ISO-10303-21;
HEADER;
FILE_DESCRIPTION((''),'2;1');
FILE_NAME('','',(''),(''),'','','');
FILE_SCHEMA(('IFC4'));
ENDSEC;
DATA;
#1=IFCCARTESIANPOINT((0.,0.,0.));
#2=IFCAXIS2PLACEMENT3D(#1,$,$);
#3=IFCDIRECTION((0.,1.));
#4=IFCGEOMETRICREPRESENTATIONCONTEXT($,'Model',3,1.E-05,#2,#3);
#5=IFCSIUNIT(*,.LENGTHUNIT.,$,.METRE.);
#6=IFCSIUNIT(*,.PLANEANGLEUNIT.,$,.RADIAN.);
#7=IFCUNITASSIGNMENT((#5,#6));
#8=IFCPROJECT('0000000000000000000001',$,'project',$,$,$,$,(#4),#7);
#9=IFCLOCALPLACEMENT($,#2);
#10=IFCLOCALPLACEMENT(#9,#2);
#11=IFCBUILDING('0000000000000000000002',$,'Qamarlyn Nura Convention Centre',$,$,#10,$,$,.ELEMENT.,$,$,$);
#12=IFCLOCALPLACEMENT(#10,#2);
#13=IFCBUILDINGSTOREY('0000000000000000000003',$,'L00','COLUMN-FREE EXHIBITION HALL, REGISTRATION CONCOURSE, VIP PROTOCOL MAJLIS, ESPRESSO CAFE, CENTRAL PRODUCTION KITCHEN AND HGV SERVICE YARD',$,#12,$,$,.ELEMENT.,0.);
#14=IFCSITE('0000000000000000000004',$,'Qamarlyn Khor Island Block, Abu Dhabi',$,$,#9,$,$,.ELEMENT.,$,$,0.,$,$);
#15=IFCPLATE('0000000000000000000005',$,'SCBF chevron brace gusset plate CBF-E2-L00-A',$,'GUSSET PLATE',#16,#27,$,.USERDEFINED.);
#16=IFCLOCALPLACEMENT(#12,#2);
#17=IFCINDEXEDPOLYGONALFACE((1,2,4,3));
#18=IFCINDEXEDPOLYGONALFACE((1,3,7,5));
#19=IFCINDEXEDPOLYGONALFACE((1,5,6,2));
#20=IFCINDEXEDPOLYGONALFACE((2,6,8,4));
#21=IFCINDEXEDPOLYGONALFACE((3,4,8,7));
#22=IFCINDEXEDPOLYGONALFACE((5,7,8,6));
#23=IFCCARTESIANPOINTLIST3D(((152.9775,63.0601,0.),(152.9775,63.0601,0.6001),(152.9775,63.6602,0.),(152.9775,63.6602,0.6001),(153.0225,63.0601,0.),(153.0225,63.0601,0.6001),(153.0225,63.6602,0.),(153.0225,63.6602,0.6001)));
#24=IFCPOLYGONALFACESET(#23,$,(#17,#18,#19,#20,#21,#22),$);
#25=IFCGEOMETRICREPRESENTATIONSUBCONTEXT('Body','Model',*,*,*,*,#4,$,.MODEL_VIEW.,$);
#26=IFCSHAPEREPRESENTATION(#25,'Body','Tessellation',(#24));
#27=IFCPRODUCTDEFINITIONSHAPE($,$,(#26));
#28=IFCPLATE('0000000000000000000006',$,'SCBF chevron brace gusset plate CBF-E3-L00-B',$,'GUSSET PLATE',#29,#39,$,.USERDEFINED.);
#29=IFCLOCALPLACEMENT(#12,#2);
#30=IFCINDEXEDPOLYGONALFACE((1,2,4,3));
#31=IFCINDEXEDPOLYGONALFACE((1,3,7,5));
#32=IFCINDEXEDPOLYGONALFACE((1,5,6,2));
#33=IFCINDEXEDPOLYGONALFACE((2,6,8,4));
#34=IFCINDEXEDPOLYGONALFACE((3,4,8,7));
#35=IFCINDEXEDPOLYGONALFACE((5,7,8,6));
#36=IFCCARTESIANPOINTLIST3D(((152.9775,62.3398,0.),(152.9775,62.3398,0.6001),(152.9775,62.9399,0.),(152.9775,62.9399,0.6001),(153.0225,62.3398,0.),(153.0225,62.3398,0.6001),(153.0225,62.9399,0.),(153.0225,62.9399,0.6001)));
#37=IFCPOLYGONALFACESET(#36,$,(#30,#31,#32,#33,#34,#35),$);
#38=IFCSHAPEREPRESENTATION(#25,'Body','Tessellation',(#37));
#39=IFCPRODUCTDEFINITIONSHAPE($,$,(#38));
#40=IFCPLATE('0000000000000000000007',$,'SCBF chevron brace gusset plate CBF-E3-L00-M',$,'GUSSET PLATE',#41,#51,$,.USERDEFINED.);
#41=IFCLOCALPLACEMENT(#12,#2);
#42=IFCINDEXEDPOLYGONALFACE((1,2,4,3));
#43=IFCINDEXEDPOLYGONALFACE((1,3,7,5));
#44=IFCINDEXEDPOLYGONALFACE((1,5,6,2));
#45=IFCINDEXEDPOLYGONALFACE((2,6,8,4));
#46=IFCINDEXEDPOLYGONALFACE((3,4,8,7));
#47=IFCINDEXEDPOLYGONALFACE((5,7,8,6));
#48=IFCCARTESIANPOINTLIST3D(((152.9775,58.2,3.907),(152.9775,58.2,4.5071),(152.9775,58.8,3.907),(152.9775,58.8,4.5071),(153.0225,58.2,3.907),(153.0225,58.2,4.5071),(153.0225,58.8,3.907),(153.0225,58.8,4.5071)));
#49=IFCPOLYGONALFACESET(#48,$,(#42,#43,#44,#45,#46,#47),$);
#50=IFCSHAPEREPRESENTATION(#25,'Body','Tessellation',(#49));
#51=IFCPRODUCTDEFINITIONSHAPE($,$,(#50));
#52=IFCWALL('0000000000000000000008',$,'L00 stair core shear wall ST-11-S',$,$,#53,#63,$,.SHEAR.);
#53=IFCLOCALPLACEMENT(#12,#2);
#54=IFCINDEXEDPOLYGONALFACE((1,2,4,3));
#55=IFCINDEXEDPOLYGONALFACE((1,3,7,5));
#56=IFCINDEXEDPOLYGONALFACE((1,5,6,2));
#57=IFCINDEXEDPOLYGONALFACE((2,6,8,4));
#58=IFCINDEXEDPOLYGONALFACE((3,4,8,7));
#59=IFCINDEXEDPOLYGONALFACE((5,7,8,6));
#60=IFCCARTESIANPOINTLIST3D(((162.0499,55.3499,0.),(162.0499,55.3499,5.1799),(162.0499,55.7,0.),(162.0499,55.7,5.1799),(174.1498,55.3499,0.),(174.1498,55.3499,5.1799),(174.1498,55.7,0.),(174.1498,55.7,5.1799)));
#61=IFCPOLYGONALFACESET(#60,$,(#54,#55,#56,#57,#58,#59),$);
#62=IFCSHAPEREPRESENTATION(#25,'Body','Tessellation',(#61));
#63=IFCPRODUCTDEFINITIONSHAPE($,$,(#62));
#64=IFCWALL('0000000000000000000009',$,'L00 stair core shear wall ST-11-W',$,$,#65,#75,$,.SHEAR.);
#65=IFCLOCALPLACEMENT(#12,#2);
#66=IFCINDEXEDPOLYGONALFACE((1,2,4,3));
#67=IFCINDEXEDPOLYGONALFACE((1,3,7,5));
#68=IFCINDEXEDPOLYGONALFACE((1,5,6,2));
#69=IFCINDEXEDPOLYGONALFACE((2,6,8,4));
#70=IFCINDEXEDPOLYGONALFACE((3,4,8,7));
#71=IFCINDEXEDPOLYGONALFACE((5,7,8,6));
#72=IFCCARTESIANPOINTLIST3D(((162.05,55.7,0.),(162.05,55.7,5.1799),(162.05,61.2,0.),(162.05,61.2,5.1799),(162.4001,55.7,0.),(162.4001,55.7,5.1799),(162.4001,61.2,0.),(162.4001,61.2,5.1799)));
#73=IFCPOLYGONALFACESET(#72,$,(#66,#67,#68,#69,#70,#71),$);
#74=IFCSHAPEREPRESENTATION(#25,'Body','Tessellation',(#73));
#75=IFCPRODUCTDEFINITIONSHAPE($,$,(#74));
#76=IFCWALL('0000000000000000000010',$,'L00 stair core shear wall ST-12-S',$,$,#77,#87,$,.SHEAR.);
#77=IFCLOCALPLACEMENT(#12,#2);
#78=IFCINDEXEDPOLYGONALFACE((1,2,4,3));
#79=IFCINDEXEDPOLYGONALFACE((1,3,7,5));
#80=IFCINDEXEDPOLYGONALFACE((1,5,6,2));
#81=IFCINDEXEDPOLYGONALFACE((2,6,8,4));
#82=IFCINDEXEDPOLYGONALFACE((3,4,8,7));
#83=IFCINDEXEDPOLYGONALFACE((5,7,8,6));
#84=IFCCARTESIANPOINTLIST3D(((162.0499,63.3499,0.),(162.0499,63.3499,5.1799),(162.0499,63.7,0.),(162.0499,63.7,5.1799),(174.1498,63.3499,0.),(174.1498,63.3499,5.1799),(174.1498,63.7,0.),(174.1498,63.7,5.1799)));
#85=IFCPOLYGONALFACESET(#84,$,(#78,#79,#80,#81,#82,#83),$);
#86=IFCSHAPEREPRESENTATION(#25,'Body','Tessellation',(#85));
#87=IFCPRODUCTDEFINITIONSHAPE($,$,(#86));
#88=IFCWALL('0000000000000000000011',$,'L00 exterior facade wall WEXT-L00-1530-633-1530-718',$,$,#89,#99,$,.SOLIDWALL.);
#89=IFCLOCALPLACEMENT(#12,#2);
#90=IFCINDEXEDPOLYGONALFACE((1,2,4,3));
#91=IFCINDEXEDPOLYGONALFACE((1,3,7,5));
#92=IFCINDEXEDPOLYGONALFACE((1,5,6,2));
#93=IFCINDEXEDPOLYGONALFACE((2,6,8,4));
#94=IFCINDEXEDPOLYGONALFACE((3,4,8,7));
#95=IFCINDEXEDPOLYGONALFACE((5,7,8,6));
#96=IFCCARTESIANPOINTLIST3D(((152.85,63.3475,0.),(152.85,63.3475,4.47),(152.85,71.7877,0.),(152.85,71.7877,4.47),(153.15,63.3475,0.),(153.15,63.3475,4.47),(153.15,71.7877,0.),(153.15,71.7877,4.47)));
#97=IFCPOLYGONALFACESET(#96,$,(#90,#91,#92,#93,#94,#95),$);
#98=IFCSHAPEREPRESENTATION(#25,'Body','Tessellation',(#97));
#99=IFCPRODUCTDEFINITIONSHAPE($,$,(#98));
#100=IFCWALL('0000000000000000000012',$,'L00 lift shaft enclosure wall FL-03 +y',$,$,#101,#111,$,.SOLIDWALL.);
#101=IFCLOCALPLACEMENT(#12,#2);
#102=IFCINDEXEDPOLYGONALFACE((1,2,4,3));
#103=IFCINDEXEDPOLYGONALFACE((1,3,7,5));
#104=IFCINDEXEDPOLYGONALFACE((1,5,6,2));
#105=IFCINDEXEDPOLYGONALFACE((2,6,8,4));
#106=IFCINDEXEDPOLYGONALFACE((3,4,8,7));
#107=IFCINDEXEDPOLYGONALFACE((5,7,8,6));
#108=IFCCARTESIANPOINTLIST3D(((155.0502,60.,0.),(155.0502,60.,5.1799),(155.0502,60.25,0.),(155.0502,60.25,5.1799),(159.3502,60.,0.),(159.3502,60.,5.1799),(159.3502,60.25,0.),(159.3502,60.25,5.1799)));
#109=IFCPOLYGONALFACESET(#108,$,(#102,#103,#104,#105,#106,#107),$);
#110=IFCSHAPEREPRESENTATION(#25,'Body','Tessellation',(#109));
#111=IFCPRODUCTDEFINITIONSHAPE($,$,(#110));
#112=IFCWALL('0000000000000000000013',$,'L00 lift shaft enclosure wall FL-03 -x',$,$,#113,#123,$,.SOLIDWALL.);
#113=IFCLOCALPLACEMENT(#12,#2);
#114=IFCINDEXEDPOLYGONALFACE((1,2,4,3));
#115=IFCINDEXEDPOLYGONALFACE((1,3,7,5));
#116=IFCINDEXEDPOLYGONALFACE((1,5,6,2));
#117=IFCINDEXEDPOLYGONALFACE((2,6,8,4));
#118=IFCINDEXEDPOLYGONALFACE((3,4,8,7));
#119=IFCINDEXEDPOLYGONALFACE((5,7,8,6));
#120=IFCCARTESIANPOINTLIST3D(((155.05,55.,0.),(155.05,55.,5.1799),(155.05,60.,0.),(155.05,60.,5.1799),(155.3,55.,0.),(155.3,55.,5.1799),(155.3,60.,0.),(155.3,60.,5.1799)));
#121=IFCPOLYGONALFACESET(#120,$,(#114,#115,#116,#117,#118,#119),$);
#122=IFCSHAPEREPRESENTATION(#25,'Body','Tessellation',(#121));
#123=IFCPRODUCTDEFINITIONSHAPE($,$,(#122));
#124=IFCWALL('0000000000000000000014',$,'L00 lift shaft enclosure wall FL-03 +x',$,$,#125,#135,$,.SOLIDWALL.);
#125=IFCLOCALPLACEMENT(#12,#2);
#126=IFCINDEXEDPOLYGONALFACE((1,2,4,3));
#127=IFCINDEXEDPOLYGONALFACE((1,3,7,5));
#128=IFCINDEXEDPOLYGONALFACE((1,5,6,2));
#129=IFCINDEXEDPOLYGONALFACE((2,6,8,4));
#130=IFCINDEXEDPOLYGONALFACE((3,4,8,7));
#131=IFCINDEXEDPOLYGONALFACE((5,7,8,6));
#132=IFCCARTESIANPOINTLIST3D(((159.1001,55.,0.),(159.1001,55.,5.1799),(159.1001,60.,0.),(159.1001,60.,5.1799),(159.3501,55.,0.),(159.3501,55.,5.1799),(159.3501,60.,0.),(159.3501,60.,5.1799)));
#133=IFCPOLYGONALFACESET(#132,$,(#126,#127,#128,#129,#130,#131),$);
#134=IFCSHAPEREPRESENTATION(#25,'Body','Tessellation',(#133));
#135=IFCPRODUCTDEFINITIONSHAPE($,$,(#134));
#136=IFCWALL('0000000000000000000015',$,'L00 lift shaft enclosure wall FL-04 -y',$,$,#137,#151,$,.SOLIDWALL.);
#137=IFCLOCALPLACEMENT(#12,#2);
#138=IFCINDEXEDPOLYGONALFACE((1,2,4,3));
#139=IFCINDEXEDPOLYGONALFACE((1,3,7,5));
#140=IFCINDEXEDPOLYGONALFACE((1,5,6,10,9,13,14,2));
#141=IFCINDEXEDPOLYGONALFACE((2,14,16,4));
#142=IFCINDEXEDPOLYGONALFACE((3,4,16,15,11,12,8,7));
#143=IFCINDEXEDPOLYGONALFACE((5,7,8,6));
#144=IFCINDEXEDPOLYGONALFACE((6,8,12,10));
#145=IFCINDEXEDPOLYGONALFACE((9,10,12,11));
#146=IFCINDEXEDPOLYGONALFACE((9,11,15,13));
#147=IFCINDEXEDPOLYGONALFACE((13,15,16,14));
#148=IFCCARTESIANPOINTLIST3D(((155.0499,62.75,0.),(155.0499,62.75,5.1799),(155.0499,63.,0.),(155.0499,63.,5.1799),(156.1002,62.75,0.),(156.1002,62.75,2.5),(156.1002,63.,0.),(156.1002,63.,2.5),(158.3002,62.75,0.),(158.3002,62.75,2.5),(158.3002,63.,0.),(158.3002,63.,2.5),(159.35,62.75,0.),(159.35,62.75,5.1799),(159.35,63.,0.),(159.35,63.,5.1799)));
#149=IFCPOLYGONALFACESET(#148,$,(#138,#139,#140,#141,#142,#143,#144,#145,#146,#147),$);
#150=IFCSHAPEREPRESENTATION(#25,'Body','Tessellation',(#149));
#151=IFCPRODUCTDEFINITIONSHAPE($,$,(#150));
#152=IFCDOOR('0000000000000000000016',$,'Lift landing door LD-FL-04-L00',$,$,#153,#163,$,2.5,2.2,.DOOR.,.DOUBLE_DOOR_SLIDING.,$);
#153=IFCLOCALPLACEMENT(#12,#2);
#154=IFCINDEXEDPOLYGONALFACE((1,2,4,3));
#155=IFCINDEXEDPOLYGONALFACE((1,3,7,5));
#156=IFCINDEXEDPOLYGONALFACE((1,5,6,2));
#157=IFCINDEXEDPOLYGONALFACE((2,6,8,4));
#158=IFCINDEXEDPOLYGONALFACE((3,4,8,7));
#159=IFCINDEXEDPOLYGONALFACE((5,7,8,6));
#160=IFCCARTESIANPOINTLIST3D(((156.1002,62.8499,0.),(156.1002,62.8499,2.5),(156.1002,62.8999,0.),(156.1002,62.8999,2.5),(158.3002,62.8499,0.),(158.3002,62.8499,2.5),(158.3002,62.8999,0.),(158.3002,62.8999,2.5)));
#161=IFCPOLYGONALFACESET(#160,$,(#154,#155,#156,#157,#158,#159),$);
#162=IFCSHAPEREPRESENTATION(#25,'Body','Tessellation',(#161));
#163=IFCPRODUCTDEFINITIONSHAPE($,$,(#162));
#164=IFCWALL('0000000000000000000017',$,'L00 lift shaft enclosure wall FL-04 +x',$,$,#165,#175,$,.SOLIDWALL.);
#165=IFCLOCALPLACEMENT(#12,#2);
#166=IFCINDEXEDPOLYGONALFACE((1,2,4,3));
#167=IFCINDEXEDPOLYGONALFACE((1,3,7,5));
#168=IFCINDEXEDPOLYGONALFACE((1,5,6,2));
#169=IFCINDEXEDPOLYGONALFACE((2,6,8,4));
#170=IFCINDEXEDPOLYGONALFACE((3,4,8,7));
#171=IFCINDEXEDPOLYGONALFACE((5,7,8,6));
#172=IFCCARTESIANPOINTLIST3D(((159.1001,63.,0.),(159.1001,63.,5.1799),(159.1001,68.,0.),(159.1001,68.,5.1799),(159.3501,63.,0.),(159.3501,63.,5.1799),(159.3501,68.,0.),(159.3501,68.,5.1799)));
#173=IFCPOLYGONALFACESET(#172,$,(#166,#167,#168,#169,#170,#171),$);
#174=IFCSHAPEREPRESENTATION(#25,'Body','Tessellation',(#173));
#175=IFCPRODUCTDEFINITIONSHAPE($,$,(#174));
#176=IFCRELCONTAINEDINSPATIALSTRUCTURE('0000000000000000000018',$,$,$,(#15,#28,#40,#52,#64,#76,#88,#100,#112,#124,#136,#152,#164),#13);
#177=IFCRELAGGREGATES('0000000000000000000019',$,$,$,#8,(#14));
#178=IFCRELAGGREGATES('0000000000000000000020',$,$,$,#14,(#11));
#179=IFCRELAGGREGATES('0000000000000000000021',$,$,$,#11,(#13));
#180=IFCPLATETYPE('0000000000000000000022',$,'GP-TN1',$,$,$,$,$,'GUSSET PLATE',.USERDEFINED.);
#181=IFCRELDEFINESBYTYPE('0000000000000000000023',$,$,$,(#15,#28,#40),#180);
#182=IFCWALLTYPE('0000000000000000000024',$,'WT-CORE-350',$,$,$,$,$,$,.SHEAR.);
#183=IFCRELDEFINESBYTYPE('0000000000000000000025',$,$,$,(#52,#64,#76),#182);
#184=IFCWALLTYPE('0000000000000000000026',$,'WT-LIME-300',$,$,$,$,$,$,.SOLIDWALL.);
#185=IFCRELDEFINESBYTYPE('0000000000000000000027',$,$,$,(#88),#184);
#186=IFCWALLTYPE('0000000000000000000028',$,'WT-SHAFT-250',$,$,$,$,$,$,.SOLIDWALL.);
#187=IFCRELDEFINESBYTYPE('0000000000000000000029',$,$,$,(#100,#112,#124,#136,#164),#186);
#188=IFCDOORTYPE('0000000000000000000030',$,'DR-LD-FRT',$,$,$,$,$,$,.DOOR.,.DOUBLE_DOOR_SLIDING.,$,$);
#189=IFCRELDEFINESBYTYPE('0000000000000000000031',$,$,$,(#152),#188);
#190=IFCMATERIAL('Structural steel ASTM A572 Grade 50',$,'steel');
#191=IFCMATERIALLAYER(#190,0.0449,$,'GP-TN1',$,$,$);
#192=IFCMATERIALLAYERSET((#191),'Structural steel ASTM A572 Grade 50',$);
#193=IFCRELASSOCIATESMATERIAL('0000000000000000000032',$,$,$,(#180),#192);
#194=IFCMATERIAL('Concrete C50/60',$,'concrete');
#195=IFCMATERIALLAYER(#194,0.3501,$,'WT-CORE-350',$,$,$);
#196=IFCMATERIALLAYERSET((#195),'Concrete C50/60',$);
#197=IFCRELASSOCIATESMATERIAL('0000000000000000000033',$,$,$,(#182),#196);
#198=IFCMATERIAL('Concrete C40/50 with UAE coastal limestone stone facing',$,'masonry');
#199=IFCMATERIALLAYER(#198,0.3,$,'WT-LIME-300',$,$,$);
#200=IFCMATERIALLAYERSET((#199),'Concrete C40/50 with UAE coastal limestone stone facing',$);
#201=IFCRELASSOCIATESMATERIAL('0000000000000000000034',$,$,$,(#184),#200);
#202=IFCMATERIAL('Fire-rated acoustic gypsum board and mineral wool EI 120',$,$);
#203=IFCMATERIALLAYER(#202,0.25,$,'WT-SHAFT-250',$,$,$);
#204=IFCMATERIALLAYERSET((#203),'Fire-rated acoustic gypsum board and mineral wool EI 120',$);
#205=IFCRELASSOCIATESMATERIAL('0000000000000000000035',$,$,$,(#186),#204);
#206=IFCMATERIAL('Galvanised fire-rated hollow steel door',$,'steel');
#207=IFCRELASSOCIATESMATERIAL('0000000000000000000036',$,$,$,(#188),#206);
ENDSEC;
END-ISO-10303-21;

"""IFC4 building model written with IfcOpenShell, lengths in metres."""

from ifc_helpers import new_model, si_unit, direction, frame, frame_2d, origin, origin_2d, place, context, subcontext, project, spatial, rectangle, extrude, material, layer, layer_set, type_object, element, fill, save


model = new_model("IFC4")

# Units and contexts
model_context = context("Model", 3, precision=1e-05, world=origin(), true_north=direction((0.0, 1.0)))
body_context = subcontext(model_context, "Body", "Model", "MODEL_VIEW")
ifc_project = project(units=[si_unit("LENGTHUNIT", "METRE"), si_unit("PLANEANGLEUNIT", "RADIAN")], contexts=[model_context])

# Site, building, storey
site_placement = place(None, origin())
site = spatial("IfcSite", under=ifc_project, at=site_placement, Name="Qamarlyn Khor Island Block, Abu Dhabi", CompositionType="ELEMENT", RefElevation=0.0)
building_placement = place(site_placement, origin())
building = spatial("IfcBuilding", under=site, at=building_placement, Name="Qamarlyn Nura Convention Centre", CompositionType="ELEMENT")
storey_placement = place(building_placement, origin())
storey = spatial("IfcBuildingStorey", under=building, at=storey_placement, Name="L00", Description="COLUMN-FREE EXHIBITION HALL, REGISTRATION CONCOURSE, VIP PROTOCOL MAJLIS, ESPRESSO CAFE, CENTRAL PRODUCTION KITCHEN AND HGV SERVICE YARD", CompositionType="ELEMENT", Elevation=0.0)

# Plates
ifc_material_1 = material(Name="Structural steel ASTM A572 Grade 50", Category="steel")
ifc_layer_1 = layer(ifc_material_1, 0.0449, Name="GP-TN1")
ifc_layer_set_1 = layer_set([ifc_layer_1], Name="Structural steel ASTM A572 Grade 50")
plate_type = type_object("IfcPlateType", Name="GP-TN1", ElementType="GUSSET PLATE", PredefinedType="USERDEFINED", material=ifc_layer_set_1)
for number, where, z_axis, x_axis, name in (
    (1, (153.0, 63.3601, 0.0), (0.0, 0.0, 1.0), (0.0, 1.0, 0.0), "SCBF chevron brace gusset plate CBF-E2-L00-A"),
    (2, (153.0, 62.6399, 0.0), (0.0, 0.0, 1.0), (0.0, 1.0, 0.0), "SCBF chevron brace gusset plate CBF-E3-L00-B"),
    (3, (153.0, 58.5, 3.907), (0.0, 0.0, 1.0), (0.0, 1.0, 0.0), "SCBF chevron brace gusset plate CBF-E3-L00-M"),
):
    element("IfcPlate", number, at=place(storey_placement, frame(where, z_axis=z_axis, x_axis=x_axis)), inside=storey, type_object=plate_type, Name=name, ObjectType="GUSSET PLATE", PredefinedType="USERDEFINED", context=body_context, shape_type="SweptSolid", body=[
        extrude(rectangle(XDim=0.6001, YDim=0.0449, at=origin_2d()), origin(), (0.0, 0.0, 1.0), 0.6001),
    ])

# Walls
ifc_material_2 = material(Name="Concrete C50/60", Category="concrete")
ifc_layer_2 = layer(ifc_material_2, 0.3501, Name="WT-CORE-350")
ifc_layer_set_2 = layer_set([ifc_layer_2], Name="Concrete C50/60")
wall_type_1 = type_object("IfcWallType", Name="WT-CORE-350", PredefinedType="SHEAR", material=ifc_layer_set_2)
wall_1_placement = place(storey_placement, frame((162.05, 55.5249, 0.0), z_axis=(0.0, 0.0, 1.0), x_axis=(1.0, 0.0, 0.0)))
element("IfcWall", 4, at=wall_1_placement, inside=storey, type_object=wall_type_1, Name="L00 stair core shear wall ST-11-S", PredefinedType="SHEAR", context=body_context, shape_type="SweptSolid", body=[
    extrude(rectangle(XDim=12.0999, YDim=0.3501, at=frame_2d((6.0498, 0.0))), origin(), (0.0, 0.0, 1.0), 5.1799),
])
wall_2_placement = place(storey_placement, frame((162.2251, 61.2, 0.0), z_axis=(0.0, 0.0, 1.0), x_axis=(0.0, -1.0, 0.0)))
element("IfcWall", 5, at=wall_2_placement, inside=storey, type_object=wall_type_1, Name="L00 stair core shear wall ST-11-W", PredefinedType="SHEAR", context=body_context, shape_type="SweptSolid", body=[
    extrude(rectangle(XDim=5.5, YDim=0.3501, at=frame_2d((2.75, 0.0))), origin(), (0.0, 0.0, 1.0), 5.1799),
])
wall_3_placement = place(storey_placement, frame((162.05, 63.5249, 0.0), z_axis=(0.0, 0.0, 1.0), x_axis=(1.0, 0.0, 0.0)))
element("IfcWall", 6, at=wall_3_placement, inside=storey, type_object=wall_type_1, Name="L00 stair core shear wall ST-12-S", PredefinedType="SHEAR", context=body_context, shape_type="SweptSolid", body=[
    extrude(rectangle(XDim=12.0999, YDim=0.3501, at=frame_2d((6.0498, 0.0))), origin(), (0.0, 0.0, 1.0), 5.1799),
])
ifc_material_3 = material(Name="Concrete C40/50 with UAE coastal limestone stone facing", Category="masonry")
ifc_layer_3 = layer(ifc_material_3, 0.3, Name="WT-LIME-300")
ifc_layer_set_3 = layer_set([ifc_layer_3], Name="Concrete C40/50 with UAE coastal limestone stone facing")
wall_type_2 = type_object("IfcWallType", Name="WT-LIME-300", PredefinedType="SOLIDWALL", material=ifc_layer_set_3)
wall_4_placement = place(storey_placement, frame((153.0, 63.3474, 0.0), z_axis=(0.0, 0.0, 1.0), x_axis=(0.0, 1.0, 0.0)))
element("IfcWall", 7, at=wall_4_placement, inside=storey, type_object=wall_type_2, Name="L00 exterior facade wall WEXT-L00-1530-633-1530-718", PredefinedType="SOLIDWALL", context=body_context, shape_type="SweptSolid", body=[
    extrude(rectangle(XDim=8.4402, YDim=0.3, at=frame_2d((4.2202, 0.0))), origin(), (0.0, 0.0, 1.0), 4.47),
])
ifc_material_4 = material(Name="Fire-rated acoustic gypsum board and mineral wool EI 120")
ifc_layer_4 = layer(ifc_material_4, 0.25, Name="WT-SHAFT-250")
ifc_layer_set_4 = layer_set([ifc_layer_4], Name="Fire-rated acoustic gypsum board and mineral wool EI 120")
wall_type_3 = type_object("IfcWallType", Name="WT-SHAFT-250", PredefinedType="SOLIDWALL", material=ifc_layer_set_4)
wall_5_placement = place(storey_placement, frame((159.3501, 60.125, 0.0), z_axis=(0.0, 0.0, 1.0), x_axis=(-1.0, 0.0, 0.0)))
element("IfcWall", 8, at=wall_5_placement, inside=storey, type_object=wall_type_3, Name="L00 lift shaft enclosure wall FL-03 +y", PredefinedType="SOLIDWALL", context=body_context, shape_type="SweptSolid", body=[
    extrude(rectangle(XDim=4.3, YDim=0.25, at=frame_2d((2.1499, 0.0))), origin(), (0.0, 0.0, 1.0), 5.1799),
])
for number, where, z_axis, x_axis, name in (
    (9, (155.175, 60.0, 0.0), (0.0, 0.0, 1.0), (0.0, -1.0, 0.0), "L00 lift shaft enclosure wall FL-03 -x"),
    (10, (159.2251, 55.0, 0.0), (0.0, 0.0, 1.0), (0.0, 1.0, 0.0), "L00 lift shaft enclosure wall FL-03 +x"),
):
    element("IfcWall", number, at=place(storey_placement, frame(where, z_axis=z_axis, x_axis=x_axis)), inside=storey, type_object=wall_type_3, Name=name, PredefinedType="SOLIDWALL", context=body_context, shape_type="SweptSolid", body=[
        extrude(rectangle(XDim=5.0, YDim=0.25, at=frame_2d((2.5, 0.0))), origin(), (0.0, 0.0, 1.0), 5.1799),
    ])

# Wall, opening, door
wall_6_placement = place(storey_placement, frame((155.05, 62.875, 0.0), z_axis=(0.0, 0.0, 1.0), x_axis=(1.0, 0.0, 0.0)))
wall_6 = element("IfcWall", 11, at=wall_6_placement, inside=storey, type_object=wall_type_3, Name="L00 lift shaft enclosure wall FL-04 -y", PredefinedType="SOLIDWALL", context=body_context, shape_type="SweptSolid", body=[
    extrude(rectangle(XDim=4.3, YDim=0.25, at=frame_2d((2.1499, 0.0))), origin(), (0.0, 0.0, 1.0), 5.1799),
])
opening_placement = place(wall_6_placement, frame((1.05, 0.0, 0.0)))
opening = element("IfcOpeningElement", 12, at=opening_placement, cuts=wall_6, PredefinedType="OPENING", context=body_context, shape_type="SweptSolid", body=[
    extrude(rectangle(XDim=2.2, YDim=2.5, at=frame_2d((1.1001, 1.25))), frame((0.0, 0.135, 0.0), z_axis=(0.0, -1.0, 0.0), x_axis=(1.0, 0.0, 0.0)), (0.0, 0.0, 1.0), 0.27),
])
ifc_material_5 = material(Name="Galvanised fire-rated hollow steel door", Category="steel")
door_type = type_object("IfcDoorType", Name="DR-LD-FRT", OperationType="DOUBLE_DOOR_SLIDING", PredefinedType="DOOR", material=ifc_material_5)
door_placement = place(opening_placement, origin())
door = element("IfcDoor", 13, at=door_placement, inside=storey, type_object=door_type, Name="Lift landing door LD-FL-04-L00", OperationType="DOUBLE_DOOR_SLIDING", OverallHeight=2.5, OverallWidth=2.2, PredefinedType="DOOR", context=body_context, shape_type="SweptSolid", body=[
    extrude(rectangle(XDim=2.2, YDim=2.5, at=frame_2d((1.1001, 1.25))), frame((0.0, 0.0249, 0.0), z_axis=(0.0, -1.0, 0.0), x_axis=(1.0, 0.0, 0.0)), (0.0, 0.0, 1.0), 0.05),
])
fill(opening, door)

# Wall
wall_7_placement = place(storey_placement, frame((159.2251, 63.0, 0.0), z_axis=(0.0, 0.0, 1.0), x_axis=(0.0, 1.0, 0.0)))
element("IfcWall", 14, at=wall_7_placement, inside=storey, type_object=wall_type_3, Name="L00 lift shaft enclosure wall FL-04 +x", PredefinedType="SOLIDWALL", context=body_context, shape_type="SweptSolid", body=[
    extrude(rectangle(XDim=5.0, YDim=0.25, at=frame_2d((2.5, 0.0))), origin(), (0.0, 0.0, 1.0), 5.1799),
])

save(model, "model.ifc")
